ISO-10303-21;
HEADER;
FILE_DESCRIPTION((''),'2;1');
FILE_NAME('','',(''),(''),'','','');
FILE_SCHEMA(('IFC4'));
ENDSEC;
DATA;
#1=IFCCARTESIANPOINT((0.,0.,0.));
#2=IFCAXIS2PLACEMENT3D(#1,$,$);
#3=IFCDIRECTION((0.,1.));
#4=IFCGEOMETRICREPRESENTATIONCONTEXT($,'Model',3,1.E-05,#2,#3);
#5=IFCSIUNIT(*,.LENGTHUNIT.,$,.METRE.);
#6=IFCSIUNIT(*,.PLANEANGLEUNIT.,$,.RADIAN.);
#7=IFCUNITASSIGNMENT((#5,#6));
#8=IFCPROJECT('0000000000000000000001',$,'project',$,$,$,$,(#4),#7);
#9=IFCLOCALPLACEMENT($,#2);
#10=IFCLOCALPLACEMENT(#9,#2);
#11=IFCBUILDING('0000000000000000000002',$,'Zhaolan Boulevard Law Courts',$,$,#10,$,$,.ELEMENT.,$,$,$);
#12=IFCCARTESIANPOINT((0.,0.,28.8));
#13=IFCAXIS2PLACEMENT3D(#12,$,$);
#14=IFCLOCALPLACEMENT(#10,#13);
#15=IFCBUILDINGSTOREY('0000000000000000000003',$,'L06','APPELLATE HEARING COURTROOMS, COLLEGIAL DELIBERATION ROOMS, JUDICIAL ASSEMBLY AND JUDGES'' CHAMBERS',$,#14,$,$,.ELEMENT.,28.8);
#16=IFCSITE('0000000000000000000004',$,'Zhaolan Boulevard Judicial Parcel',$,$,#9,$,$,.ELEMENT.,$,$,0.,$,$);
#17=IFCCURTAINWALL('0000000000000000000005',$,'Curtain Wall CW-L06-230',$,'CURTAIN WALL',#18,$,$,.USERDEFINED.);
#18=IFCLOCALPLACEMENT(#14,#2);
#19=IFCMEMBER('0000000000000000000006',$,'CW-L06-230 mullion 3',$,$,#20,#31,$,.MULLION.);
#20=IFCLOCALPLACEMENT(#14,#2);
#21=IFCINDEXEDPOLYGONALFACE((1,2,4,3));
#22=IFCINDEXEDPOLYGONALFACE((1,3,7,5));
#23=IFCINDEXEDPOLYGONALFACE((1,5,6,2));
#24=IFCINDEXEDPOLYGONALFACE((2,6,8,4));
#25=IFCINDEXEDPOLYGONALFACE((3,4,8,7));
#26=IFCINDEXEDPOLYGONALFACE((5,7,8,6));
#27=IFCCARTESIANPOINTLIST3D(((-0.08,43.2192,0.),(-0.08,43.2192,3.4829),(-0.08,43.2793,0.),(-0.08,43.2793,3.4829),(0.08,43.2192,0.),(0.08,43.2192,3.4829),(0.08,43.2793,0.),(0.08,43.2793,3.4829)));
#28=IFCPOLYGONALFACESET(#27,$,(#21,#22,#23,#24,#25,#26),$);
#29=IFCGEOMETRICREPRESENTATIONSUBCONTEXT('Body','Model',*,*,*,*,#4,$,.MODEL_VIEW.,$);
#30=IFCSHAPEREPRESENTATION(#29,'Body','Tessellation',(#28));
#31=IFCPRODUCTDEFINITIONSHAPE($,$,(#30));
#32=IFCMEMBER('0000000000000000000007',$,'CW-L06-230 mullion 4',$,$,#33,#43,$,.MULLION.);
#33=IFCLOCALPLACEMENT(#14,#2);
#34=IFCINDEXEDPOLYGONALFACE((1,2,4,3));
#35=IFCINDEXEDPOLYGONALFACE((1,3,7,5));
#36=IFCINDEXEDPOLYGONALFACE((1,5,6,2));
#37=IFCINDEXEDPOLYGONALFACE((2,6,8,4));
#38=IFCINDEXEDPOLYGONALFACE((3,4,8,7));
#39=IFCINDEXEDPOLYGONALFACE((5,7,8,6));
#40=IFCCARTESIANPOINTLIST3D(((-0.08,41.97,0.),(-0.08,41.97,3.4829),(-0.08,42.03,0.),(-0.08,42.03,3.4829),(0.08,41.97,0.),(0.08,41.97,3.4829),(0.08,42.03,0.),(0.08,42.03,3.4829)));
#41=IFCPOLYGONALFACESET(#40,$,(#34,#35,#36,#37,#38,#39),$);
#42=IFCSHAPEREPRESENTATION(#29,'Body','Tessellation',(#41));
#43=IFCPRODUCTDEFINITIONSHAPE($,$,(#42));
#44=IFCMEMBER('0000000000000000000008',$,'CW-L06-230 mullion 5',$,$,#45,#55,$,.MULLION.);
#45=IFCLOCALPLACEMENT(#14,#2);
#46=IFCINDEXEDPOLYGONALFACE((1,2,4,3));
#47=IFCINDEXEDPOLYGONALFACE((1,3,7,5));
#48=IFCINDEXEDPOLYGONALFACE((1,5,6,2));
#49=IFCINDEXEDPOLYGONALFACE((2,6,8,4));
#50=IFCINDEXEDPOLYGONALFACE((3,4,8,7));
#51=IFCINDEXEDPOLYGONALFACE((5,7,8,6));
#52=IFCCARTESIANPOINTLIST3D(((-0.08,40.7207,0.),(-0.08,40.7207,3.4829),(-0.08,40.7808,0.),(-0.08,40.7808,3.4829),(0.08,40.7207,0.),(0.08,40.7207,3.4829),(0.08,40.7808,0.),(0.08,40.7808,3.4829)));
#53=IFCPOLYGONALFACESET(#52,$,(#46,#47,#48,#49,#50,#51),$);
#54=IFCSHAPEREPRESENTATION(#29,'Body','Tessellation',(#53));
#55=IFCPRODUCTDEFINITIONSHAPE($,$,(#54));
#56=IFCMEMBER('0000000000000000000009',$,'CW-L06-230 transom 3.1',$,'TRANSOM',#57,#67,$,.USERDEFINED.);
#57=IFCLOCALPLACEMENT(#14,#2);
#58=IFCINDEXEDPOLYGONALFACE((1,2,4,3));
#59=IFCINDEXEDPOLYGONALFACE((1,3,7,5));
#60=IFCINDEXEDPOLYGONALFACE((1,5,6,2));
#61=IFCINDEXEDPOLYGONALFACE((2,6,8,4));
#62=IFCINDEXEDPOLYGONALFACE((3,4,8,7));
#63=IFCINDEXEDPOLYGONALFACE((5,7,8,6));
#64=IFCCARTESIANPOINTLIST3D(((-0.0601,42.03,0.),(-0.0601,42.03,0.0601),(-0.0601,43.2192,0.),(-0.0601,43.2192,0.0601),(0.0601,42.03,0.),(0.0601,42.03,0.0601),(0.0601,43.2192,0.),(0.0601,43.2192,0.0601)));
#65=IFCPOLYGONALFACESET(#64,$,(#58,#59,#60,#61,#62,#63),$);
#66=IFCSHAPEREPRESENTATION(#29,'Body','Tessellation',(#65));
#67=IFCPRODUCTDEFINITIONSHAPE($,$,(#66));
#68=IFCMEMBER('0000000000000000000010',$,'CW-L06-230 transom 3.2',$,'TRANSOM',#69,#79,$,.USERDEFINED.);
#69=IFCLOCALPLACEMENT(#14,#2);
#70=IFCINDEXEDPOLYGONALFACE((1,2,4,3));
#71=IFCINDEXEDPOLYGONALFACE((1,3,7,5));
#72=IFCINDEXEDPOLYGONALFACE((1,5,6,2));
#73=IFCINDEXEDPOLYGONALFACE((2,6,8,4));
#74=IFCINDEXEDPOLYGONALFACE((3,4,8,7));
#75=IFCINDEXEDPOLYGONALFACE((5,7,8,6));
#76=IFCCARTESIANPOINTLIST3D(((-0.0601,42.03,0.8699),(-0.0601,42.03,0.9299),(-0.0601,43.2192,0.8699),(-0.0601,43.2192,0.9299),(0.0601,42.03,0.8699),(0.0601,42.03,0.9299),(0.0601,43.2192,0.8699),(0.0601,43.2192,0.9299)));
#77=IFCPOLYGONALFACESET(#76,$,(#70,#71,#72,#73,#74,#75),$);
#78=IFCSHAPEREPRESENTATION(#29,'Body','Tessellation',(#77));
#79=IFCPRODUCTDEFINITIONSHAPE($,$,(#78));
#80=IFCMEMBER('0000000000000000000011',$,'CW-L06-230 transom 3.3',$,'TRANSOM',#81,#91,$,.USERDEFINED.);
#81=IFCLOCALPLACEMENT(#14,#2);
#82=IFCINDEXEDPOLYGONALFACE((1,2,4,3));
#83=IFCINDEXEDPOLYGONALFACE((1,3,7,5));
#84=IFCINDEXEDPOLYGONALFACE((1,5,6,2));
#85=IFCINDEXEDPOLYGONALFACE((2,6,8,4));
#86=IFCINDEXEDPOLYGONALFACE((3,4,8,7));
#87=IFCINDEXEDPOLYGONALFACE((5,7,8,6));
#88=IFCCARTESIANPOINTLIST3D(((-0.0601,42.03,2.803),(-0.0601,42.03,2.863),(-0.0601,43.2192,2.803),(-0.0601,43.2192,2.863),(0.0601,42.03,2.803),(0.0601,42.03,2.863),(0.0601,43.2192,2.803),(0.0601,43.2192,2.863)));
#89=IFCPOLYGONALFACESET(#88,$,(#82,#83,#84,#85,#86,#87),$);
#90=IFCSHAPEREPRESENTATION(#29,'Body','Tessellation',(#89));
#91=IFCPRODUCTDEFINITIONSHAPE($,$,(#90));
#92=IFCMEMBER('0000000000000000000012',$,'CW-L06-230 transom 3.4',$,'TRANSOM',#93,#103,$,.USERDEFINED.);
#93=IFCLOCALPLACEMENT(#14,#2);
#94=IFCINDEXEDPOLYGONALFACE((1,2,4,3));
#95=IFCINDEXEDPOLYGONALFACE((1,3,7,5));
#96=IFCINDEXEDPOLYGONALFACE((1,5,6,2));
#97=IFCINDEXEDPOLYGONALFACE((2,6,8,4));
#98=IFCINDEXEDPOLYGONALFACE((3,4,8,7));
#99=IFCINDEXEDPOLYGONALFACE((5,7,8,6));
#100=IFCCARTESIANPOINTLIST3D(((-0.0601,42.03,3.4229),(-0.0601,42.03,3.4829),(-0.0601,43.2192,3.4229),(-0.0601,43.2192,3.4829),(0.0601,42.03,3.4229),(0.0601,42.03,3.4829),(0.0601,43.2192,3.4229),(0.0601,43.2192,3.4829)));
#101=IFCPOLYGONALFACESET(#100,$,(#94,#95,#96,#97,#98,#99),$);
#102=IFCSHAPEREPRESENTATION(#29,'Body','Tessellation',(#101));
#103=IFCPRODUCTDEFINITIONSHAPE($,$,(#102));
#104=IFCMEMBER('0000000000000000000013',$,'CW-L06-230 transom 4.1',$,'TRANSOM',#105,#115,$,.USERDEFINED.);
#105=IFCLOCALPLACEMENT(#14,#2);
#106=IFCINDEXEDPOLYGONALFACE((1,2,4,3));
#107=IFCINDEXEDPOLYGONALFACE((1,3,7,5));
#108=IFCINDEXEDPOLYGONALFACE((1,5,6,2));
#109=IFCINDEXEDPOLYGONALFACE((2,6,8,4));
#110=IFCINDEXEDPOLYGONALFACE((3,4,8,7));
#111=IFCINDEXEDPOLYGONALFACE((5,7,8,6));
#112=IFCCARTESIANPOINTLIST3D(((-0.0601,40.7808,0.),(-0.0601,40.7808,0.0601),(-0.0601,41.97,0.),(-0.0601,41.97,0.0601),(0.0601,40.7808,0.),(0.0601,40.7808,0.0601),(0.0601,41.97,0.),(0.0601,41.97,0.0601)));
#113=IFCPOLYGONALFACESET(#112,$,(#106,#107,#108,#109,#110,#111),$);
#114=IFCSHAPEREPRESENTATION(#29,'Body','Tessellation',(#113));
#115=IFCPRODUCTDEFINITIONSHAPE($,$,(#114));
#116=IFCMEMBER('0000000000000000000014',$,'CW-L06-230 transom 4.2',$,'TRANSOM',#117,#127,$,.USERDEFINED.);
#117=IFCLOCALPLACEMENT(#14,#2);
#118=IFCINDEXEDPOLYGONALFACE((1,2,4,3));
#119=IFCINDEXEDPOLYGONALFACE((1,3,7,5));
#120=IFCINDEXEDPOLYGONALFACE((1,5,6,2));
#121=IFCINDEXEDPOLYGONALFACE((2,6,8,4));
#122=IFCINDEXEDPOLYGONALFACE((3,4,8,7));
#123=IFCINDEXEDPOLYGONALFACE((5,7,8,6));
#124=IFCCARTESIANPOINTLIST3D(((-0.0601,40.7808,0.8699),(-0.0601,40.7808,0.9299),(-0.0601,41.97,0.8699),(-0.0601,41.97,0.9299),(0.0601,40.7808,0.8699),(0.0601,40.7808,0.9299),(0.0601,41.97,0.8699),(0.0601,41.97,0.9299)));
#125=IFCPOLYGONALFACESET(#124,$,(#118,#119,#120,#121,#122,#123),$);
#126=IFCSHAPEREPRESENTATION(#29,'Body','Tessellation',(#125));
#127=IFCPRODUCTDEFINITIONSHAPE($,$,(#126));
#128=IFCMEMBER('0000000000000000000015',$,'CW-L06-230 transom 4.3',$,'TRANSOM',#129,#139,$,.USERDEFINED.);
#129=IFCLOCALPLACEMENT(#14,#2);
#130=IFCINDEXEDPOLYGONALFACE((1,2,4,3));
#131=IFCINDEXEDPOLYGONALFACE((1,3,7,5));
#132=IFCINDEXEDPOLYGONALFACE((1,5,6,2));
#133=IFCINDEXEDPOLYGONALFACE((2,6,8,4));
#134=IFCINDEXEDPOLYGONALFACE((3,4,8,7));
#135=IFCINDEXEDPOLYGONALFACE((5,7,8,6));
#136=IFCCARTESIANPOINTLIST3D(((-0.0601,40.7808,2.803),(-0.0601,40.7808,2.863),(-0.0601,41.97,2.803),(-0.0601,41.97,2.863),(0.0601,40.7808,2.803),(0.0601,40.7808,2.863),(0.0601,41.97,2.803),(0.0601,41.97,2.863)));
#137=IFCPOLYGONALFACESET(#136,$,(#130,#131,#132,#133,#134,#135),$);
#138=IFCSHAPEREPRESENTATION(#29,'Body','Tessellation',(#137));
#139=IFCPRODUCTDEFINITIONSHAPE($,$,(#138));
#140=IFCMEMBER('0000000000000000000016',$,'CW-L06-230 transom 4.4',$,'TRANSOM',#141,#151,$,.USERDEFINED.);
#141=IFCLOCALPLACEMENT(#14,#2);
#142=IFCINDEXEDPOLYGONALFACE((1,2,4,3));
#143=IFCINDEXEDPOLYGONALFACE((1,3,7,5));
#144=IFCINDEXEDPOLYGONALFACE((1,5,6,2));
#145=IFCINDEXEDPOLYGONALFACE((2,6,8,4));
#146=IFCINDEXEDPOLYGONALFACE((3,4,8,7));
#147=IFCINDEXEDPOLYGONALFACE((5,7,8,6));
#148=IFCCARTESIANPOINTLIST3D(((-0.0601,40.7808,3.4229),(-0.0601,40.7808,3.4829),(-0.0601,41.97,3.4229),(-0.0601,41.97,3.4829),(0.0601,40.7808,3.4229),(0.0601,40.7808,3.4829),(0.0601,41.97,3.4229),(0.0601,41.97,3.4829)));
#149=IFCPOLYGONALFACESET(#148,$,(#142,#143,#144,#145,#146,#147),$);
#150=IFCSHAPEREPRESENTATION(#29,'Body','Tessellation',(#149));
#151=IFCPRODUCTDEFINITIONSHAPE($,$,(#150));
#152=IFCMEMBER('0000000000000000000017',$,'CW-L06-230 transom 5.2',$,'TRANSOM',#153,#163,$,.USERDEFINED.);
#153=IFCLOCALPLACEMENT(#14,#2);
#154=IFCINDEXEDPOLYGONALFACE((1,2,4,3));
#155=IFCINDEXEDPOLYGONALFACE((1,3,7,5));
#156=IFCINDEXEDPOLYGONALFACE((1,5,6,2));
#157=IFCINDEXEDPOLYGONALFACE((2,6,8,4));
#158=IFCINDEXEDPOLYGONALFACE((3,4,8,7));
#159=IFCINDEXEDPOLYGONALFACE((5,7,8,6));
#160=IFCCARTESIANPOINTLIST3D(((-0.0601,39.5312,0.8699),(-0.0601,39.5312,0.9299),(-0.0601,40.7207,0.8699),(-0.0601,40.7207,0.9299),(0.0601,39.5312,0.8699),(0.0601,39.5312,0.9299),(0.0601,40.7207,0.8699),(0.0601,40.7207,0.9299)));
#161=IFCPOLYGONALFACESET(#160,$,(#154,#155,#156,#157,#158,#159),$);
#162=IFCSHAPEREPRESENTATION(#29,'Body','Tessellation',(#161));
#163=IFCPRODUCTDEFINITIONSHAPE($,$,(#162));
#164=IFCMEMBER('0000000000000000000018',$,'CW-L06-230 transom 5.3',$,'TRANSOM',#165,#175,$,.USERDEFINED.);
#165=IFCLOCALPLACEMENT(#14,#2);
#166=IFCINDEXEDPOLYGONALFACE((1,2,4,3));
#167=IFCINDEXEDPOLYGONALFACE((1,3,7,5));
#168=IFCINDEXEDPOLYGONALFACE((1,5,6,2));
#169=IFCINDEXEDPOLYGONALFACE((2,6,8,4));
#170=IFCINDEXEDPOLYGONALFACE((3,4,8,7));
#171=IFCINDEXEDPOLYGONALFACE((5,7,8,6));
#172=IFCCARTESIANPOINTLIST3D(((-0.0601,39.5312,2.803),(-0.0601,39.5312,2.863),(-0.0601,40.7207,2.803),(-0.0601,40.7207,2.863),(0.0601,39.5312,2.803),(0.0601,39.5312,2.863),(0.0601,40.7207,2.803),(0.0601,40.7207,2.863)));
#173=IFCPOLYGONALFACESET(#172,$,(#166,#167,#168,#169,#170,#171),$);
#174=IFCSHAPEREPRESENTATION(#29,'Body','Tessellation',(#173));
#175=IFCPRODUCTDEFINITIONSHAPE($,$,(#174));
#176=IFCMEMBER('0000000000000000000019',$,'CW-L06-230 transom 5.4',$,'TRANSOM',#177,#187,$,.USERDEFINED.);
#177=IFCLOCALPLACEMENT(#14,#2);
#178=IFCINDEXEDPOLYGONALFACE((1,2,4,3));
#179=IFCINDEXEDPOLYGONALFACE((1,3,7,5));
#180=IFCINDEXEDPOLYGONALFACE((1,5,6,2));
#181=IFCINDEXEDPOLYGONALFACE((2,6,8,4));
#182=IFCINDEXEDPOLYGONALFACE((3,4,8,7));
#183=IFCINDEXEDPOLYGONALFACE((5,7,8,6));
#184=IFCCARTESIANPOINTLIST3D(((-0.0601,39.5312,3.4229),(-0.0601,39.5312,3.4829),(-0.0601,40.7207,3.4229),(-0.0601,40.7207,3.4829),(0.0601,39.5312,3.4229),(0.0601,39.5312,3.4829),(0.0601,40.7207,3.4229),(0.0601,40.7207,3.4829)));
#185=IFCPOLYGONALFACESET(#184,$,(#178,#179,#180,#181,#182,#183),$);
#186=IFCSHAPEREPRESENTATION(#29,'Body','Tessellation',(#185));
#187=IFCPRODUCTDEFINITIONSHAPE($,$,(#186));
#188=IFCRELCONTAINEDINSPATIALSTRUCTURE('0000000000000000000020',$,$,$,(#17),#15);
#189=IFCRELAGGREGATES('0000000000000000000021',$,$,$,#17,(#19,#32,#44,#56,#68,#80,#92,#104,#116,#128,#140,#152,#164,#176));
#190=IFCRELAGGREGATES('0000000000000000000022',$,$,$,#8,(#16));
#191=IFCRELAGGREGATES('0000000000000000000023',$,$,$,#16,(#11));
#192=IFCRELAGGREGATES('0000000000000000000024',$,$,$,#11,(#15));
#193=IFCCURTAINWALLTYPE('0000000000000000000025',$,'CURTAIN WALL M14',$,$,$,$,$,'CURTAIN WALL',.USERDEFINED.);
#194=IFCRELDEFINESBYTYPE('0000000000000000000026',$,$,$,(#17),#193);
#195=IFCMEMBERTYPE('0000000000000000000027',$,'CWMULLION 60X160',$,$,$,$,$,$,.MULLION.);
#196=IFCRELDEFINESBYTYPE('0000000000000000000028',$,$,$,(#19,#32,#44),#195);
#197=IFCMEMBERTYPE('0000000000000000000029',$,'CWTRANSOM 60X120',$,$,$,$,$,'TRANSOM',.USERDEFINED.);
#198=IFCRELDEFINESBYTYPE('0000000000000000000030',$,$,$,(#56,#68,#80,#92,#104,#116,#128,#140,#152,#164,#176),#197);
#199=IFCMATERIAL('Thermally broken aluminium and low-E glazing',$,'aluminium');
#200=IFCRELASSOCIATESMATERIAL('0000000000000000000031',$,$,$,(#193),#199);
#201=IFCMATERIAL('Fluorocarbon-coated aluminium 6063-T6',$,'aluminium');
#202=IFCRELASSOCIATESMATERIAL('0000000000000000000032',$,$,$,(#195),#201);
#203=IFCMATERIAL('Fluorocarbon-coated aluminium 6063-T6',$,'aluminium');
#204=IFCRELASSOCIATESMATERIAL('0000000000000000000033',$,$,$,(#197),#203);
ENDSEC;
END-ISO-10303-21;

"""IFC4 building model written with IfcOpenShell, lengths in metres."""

from ifc_helpers import new_model, si_unit, direction, frame, origin, origin_2d, place, context, subcontext, project, spatial, rectangle, extrude, material, material_profile, profile_set, type_object, element, aggregate, save


model = new_model("IFC4")

# Units and contexts
model_context = context("Model", 3, precision=1e-05, world=origin(), true_north=direction((0.0, 1.0)))
body_context = subcontext(model_context, "Body", "Model", "MODEL_VIEW")
ifc_project = project(units=[si_unit("LENGTHUNIT", "METRE"), si_unit("PLANEANGLEUNIT", "RADIAN")], contexts=[model_context])

# Site, building, storey
site_placement = place(None, origin())
site = spatial("IfcSite", under=ifc_project, at=site_placement, Name="Zhaolan Boulevard Judicial Parcel", CompositionType="ELEMENT", RefElevation=0.0)
building_placement = place(site_placement, origin())
building = spatial("IfcBuilding", under=site, at=building_placement, Name="Zhaolan Boulevard Law Courts", CompositionType="ELEMENT")
storey_placement = place(building_placement, frame((0.0, 0.0, 28.8)))
storey = spatial("IfcBuildingStorey", under=building, at=storey_placement, Name="L06", Description="APPELLATE HEARING COURTROOMS, COLLEGIAL DELIBERATION ROOMS, JUDICIAL ASSEMBLY AND JUDGES' CHAMBERS", CompositionType="ELEMENT", Elevation=28.8)

# Curtain wall, members
ifc_material_1 = material(Name="Thermally broken aluminium and low-E glazing", Category="aluminium")
curtain_wall_type = type_object("IfcCurtainWallType", Name="CURTAIN WALL M14", ElementType="CURTAIN WALL", PredefinedType="USERDEFINED", material=ifc_material_1)
curtain_wall_placement = place(storey_placement, origin())
curtain_wall = element("IfcCurtainWall", 1, at=curtain_wall_placement, inside=storey, type_object=curtain_wall_type, Name="Curtain Wall CW-L06-230", ObjectType="CURTAIN WALL", PredefinedType="USERDEFINED")
ifc_material_2 = material(Name="Fluorocarbon-coated aluminium 6063-T6", Category="aluminium")
ifc_material_profile_1 = material_profile(ifc_material_2, rectangle(XDim=0.1599, YDim=0.0601, at=origin_2d()), Name="AL60x160")
ifc_profile_set_1 = profile_set([ifc_material_profile_1], Name="Fluorocarbon-coated aluminium 6063-T6")
member_type_1 = type_object("IfcMemberType", Name="CWMULLION 60X160", PredefinedType="MULLION", material=ifc_profile_set_1)
member_1_placement = place(storey_placement, frame((0.0, 43.2493, 0.0), z_axis=(0.0, 0.0, 1.0), x_axis=(1.0, 0.0, 0.0)))
member_1 = element("IfcMember", 2, at=member_1_placement, type_object=member_type_1, Name="CW-L06-230 mullion 3", PredefinedType="MULLION", context=body_context, shape_type="SweptSolid", body=[
    extrude(rectangle(XDim=0.1599, YDim=0.0601, at=origin_2d()), origin(), (0.0, 0.0, 1.0), 3.4829),
])
member_2_placement = place(storey_placement, frame((0.0, 42.0, 0.0), z_axis=(0.0, 0.0, 1.0), x_axis=(1.0, 0.0, 0.0)))
member_2 = element("IfcMember", 3, at=member_2_placement, type_object=member_type_1, Name="CW-L06-230 mullion 4", PredefinedType="MULLION", context=body_context, shape_type="SweptSolid", body=[
    extrude(rectangle(XDim=0.1599, YDim=0.0601, at=origin_2d()), origin(), (0.0, 0.0, 1.0), 3.4829),
])
member_3_placement = place(storey_placement, frame((0.0, 40.7507, 0.0), z_axis=(0.0, 0.0, 1.0), x_axis=(1.0, 0.0, 0.0)))
member_3 = element("IfcMember", 4, at=member_3_placement, type_object=member_type_1, Name="CW-L06-230 mullion 5", PredefinedType="MULLION", context=body_context, shape_type="SweptSolid", body=[
    extrude(rectangle(XDim=0.1599, YDim=0.0601, at=origin_2d()), origin(), (0.0, 0.0, 1.0), 3.4829),
])
ifc_material_3 = material(Name="Fluorocarbon-coated aluminium 6063-T6", Category="aluminium")
ifc_material_profile_2 = material_profile(ifc_material_3, rectangle(XDim=0.1201, YDim=0.0601, at=origin_2d()), Name="AL60x120")
ifc_profile_set_2 = profile_set([ifc_material_profile_2], Name="Fluorocarbon-coated aluminium 6063-T6")
member_type_2 = type_object("IfcMemberType", Name="CWTRANSOM 60X120", ElementType="TRANSOM", PredefinedType="USERDEFINED", material=ifc_profile_set_2)
member_4_placement = place(storey_placement, frame((0.0, 43.2192, 0.03), z_axis=(0.0, -1.0, 0.0), x_axis=(1.0, 0.0, 0.0)))
member_4 = element("IfcMember", 5, at=member_4_placement, type_object=member_type_2, Name="CW-L06-230 transom 3.1", ObjectType="TRANSOM", PredefinedType="USERDEFINED", context=body_context, shape_type="SweptSolid", body=[
    extrude(rectangle(XDim=0.1201, YDim=0.0601, at=origin_2d()), origin(), (0.0, 0.0, 1.0), 1.1892),
])
member_5_placement = place(storey_placement, frame((0.0, 43.2192, 0.8999), z_axis=(0.0, -1.0, 0.0), x_axis=(1.0, 0.0, 0.0)))
member_5 = element("IfcMember", 6, at=member_5_placement, type_object=member_type_2, Name="CW-L06-230 transom 3.2", ObjectType="TRANSOM", PredefinedType="USERDEFINED", context=body_context, shape_type="SweptSolid", body=[
    extrude(rectangle(XDim=0.1201, YDim=0.0601, at=origin_2d()), origin(), (0.0, 0.0, 1.0), 1.1892),
])
member_6_placement = place(storey_placement, frame((0.0, 43.2192, 2.833), z_axis=(0.0, -1.0, 0.0), x_axis=(1.0, 0.0, 0.0)))
member_6 = element("IfcMember", 7, at=member_6_placement, type_object=member_type_2, Name="CW-L06-230 transom 3.3", ObjectType="TRANSOM", PredefinedType="USERDEFINED", context=body_context, shape_type="SweptSolid", body=[
    extrude(rectangle(XDim=0.1201, YDim=0.0601, at=origin_2d()), origin(), (0.0, 0.0, 1.0), 1.1892),
])
member_7_placement = place(storey_placement, frame((0.0, 43.2192, 3.4529), z_axis=(0.0, -1.0, 0.0), x_axis=(1.0, 0.0, 0.0)))
member_7 = element("IfcMember", 8, at=member_7_placement, type_object=member_type_2, Name="CW-L06-230 transom 3.4", ObjectType="TRANSOM", PredefinedType="USERDEFINED", context=body_context, shape_type="SweptSolid", body=[
    extrude(rectangle(XDim=0.1201, YDim=0.0601, at=origin_2d()), origin(), (0.0, 0.0, 1.0), 1.1892),
])
member_8_placement = place(storey_placement, frame((0.0, 41.97, 0.03), z_axis=(0.0, -1.0, 0.0), x_axis=(1.0, 0.0, 0.0)))
member_8 = element("IfcMember", 9, at=member_8_placement, type_object=member_type_2, Name="CW-L06-230 transom 4.1", ObjectType="TRANSOM", PredefinedType="USERDEFINED", context=body_context, shape_type="SweptSolid", body=[
    extrude(rectangle(XDim=0.1201, YDim=0.0601, at=origin_2d()), origin(), (0.0, 0.0, 1.0), 1.1892),
])
member_9_placement = place(storey_placement, frame((0.0, 41.97, 0.8999), z_axis=(0.0, -1.0, 0.0), x_axis=(1.0, 0.0, 0.0)))
member_9 = element("IfcMember", 10, at=member_9_placement, type_object=member_type_2, Name="CW-L06-230 transom 4.2", ObjectType="TRANSOM", PredefinedType="USERDEFINED", context=body_context, shape_type="SweptSolid", body=[
    extrude(rectangle(XDim=0.1201, YDim=0.0601, at=origin_2d()), origin(), (0.0, 0.0, 1.0), 1.1892),
])
member_10_placement = place(storey_placement, frame((0.0, 41.97, 2.833), z_axis=(0.0, -1.0, 0.0), x_axis=(1.0, 0.0, 0.0)))
member_10 = element("IfcMember", 11, at=member_10_placement, type_object=member_type_2, Name="CW-L06-230 transom 4.3", ObjectType="TRANSOM", PredefinedType="USERDEFINED", context=body_context, shape_type="SweptSolid", body=[
    extrude(rectangle(XDim=0.1201, YDim=0.0601, at=origin_2d()), origin(), (0.0, 0.0, 1.0), 1.1892),
])
member_11_placement = place(storey_placement, frame((0.0, 41.97, 3.4529), z_axis=(0.0, -1.0, 0.0), x_axis=(1.0, 0.0, 0.0)))
member_11 = element("IfcMember", 12, at=member_11_placement, type_object=member_type_2, Name="CW-L06-230 transom 4.4", ObjectType="TRANSOM", PredefinedType="USERDEFINED", context=body_context, shape_type="SweptSolid", body=[
    extrude(rectangle(XDim=0.1201, YDim=0.0601, at=origin_2d()), origin(), (0.0, 0.0, 1.0), 1.1892),
])
member_12_placement = place(storey_placement, frame((0.0, 40.7207, 0.8999), z_axis=(0.0, -1.0, 0.0), x_axis=(1.0, 0.0, 0.0)))
member_12 = element("IfcMember", 13, at=member_12_placement, type_object=member_type_2, Name="CW-L06-230 transom 5.2", ObjectType="TRANSOM", PredefinedType="USERDEFINED", context=body_context, shape_type="SweptSolid", body=[
    extrude(rectangle(XDim=0.1201, YDim=0.0601, at=origin_2d()), origin(), (0.0, 0.0, 1.0), 1.1895),
])
member_13_placement = place(storey_placement, frame((0.0, 40.7207, 2.833), z_axis=(0.0, -1.0, 0.0), x_axis=(1.0, 0.0, 0.0)))
member_13 = element("IfcMember", 14, at=member_13_placement, type_object=member_type_2, Name="CW-L06-230 transom 5.3", ObjectType="TRANSOM", PredefinedType="USERDEFINED", context=body_context, shape_type="SweptSolid", body=[
    extrude(rectangle(XDim=0.1201, YDim=0.0601, at=origin_2d()), origin(), (0.0, 0.0, 1.0), 1.1895),
])
member_14_placement = place(storey_placement, frame((0.0, 40.7207, 3.4529), z_axis=(0.0, -1.0, 0.0), x_axis=(1.0, 0.0, 0.0)))
member_14 = element("IfcMember", 15, at=member_14_placement, type_object=member_type_2, Name="CW-L06-230 transom 5.4", ObjectType="TRANSOM", PredefinedType="USERDEFINED", context=body_context, shape_type="SweptSolid", body=[
    extrude(rectangle(XDim=0.1201, YDim=0.0601, at=origin_2d()), origin(), (0.0, 0.0, 1.0), 1.1895),
])
aggregate(curtain_wall, [member_1, member_2, member_3, member_4, member_5, member_6, member_7, member_8, member_9, member_10, member_11, member_12, member_13, member_14])

save(model, "model.ifc")
